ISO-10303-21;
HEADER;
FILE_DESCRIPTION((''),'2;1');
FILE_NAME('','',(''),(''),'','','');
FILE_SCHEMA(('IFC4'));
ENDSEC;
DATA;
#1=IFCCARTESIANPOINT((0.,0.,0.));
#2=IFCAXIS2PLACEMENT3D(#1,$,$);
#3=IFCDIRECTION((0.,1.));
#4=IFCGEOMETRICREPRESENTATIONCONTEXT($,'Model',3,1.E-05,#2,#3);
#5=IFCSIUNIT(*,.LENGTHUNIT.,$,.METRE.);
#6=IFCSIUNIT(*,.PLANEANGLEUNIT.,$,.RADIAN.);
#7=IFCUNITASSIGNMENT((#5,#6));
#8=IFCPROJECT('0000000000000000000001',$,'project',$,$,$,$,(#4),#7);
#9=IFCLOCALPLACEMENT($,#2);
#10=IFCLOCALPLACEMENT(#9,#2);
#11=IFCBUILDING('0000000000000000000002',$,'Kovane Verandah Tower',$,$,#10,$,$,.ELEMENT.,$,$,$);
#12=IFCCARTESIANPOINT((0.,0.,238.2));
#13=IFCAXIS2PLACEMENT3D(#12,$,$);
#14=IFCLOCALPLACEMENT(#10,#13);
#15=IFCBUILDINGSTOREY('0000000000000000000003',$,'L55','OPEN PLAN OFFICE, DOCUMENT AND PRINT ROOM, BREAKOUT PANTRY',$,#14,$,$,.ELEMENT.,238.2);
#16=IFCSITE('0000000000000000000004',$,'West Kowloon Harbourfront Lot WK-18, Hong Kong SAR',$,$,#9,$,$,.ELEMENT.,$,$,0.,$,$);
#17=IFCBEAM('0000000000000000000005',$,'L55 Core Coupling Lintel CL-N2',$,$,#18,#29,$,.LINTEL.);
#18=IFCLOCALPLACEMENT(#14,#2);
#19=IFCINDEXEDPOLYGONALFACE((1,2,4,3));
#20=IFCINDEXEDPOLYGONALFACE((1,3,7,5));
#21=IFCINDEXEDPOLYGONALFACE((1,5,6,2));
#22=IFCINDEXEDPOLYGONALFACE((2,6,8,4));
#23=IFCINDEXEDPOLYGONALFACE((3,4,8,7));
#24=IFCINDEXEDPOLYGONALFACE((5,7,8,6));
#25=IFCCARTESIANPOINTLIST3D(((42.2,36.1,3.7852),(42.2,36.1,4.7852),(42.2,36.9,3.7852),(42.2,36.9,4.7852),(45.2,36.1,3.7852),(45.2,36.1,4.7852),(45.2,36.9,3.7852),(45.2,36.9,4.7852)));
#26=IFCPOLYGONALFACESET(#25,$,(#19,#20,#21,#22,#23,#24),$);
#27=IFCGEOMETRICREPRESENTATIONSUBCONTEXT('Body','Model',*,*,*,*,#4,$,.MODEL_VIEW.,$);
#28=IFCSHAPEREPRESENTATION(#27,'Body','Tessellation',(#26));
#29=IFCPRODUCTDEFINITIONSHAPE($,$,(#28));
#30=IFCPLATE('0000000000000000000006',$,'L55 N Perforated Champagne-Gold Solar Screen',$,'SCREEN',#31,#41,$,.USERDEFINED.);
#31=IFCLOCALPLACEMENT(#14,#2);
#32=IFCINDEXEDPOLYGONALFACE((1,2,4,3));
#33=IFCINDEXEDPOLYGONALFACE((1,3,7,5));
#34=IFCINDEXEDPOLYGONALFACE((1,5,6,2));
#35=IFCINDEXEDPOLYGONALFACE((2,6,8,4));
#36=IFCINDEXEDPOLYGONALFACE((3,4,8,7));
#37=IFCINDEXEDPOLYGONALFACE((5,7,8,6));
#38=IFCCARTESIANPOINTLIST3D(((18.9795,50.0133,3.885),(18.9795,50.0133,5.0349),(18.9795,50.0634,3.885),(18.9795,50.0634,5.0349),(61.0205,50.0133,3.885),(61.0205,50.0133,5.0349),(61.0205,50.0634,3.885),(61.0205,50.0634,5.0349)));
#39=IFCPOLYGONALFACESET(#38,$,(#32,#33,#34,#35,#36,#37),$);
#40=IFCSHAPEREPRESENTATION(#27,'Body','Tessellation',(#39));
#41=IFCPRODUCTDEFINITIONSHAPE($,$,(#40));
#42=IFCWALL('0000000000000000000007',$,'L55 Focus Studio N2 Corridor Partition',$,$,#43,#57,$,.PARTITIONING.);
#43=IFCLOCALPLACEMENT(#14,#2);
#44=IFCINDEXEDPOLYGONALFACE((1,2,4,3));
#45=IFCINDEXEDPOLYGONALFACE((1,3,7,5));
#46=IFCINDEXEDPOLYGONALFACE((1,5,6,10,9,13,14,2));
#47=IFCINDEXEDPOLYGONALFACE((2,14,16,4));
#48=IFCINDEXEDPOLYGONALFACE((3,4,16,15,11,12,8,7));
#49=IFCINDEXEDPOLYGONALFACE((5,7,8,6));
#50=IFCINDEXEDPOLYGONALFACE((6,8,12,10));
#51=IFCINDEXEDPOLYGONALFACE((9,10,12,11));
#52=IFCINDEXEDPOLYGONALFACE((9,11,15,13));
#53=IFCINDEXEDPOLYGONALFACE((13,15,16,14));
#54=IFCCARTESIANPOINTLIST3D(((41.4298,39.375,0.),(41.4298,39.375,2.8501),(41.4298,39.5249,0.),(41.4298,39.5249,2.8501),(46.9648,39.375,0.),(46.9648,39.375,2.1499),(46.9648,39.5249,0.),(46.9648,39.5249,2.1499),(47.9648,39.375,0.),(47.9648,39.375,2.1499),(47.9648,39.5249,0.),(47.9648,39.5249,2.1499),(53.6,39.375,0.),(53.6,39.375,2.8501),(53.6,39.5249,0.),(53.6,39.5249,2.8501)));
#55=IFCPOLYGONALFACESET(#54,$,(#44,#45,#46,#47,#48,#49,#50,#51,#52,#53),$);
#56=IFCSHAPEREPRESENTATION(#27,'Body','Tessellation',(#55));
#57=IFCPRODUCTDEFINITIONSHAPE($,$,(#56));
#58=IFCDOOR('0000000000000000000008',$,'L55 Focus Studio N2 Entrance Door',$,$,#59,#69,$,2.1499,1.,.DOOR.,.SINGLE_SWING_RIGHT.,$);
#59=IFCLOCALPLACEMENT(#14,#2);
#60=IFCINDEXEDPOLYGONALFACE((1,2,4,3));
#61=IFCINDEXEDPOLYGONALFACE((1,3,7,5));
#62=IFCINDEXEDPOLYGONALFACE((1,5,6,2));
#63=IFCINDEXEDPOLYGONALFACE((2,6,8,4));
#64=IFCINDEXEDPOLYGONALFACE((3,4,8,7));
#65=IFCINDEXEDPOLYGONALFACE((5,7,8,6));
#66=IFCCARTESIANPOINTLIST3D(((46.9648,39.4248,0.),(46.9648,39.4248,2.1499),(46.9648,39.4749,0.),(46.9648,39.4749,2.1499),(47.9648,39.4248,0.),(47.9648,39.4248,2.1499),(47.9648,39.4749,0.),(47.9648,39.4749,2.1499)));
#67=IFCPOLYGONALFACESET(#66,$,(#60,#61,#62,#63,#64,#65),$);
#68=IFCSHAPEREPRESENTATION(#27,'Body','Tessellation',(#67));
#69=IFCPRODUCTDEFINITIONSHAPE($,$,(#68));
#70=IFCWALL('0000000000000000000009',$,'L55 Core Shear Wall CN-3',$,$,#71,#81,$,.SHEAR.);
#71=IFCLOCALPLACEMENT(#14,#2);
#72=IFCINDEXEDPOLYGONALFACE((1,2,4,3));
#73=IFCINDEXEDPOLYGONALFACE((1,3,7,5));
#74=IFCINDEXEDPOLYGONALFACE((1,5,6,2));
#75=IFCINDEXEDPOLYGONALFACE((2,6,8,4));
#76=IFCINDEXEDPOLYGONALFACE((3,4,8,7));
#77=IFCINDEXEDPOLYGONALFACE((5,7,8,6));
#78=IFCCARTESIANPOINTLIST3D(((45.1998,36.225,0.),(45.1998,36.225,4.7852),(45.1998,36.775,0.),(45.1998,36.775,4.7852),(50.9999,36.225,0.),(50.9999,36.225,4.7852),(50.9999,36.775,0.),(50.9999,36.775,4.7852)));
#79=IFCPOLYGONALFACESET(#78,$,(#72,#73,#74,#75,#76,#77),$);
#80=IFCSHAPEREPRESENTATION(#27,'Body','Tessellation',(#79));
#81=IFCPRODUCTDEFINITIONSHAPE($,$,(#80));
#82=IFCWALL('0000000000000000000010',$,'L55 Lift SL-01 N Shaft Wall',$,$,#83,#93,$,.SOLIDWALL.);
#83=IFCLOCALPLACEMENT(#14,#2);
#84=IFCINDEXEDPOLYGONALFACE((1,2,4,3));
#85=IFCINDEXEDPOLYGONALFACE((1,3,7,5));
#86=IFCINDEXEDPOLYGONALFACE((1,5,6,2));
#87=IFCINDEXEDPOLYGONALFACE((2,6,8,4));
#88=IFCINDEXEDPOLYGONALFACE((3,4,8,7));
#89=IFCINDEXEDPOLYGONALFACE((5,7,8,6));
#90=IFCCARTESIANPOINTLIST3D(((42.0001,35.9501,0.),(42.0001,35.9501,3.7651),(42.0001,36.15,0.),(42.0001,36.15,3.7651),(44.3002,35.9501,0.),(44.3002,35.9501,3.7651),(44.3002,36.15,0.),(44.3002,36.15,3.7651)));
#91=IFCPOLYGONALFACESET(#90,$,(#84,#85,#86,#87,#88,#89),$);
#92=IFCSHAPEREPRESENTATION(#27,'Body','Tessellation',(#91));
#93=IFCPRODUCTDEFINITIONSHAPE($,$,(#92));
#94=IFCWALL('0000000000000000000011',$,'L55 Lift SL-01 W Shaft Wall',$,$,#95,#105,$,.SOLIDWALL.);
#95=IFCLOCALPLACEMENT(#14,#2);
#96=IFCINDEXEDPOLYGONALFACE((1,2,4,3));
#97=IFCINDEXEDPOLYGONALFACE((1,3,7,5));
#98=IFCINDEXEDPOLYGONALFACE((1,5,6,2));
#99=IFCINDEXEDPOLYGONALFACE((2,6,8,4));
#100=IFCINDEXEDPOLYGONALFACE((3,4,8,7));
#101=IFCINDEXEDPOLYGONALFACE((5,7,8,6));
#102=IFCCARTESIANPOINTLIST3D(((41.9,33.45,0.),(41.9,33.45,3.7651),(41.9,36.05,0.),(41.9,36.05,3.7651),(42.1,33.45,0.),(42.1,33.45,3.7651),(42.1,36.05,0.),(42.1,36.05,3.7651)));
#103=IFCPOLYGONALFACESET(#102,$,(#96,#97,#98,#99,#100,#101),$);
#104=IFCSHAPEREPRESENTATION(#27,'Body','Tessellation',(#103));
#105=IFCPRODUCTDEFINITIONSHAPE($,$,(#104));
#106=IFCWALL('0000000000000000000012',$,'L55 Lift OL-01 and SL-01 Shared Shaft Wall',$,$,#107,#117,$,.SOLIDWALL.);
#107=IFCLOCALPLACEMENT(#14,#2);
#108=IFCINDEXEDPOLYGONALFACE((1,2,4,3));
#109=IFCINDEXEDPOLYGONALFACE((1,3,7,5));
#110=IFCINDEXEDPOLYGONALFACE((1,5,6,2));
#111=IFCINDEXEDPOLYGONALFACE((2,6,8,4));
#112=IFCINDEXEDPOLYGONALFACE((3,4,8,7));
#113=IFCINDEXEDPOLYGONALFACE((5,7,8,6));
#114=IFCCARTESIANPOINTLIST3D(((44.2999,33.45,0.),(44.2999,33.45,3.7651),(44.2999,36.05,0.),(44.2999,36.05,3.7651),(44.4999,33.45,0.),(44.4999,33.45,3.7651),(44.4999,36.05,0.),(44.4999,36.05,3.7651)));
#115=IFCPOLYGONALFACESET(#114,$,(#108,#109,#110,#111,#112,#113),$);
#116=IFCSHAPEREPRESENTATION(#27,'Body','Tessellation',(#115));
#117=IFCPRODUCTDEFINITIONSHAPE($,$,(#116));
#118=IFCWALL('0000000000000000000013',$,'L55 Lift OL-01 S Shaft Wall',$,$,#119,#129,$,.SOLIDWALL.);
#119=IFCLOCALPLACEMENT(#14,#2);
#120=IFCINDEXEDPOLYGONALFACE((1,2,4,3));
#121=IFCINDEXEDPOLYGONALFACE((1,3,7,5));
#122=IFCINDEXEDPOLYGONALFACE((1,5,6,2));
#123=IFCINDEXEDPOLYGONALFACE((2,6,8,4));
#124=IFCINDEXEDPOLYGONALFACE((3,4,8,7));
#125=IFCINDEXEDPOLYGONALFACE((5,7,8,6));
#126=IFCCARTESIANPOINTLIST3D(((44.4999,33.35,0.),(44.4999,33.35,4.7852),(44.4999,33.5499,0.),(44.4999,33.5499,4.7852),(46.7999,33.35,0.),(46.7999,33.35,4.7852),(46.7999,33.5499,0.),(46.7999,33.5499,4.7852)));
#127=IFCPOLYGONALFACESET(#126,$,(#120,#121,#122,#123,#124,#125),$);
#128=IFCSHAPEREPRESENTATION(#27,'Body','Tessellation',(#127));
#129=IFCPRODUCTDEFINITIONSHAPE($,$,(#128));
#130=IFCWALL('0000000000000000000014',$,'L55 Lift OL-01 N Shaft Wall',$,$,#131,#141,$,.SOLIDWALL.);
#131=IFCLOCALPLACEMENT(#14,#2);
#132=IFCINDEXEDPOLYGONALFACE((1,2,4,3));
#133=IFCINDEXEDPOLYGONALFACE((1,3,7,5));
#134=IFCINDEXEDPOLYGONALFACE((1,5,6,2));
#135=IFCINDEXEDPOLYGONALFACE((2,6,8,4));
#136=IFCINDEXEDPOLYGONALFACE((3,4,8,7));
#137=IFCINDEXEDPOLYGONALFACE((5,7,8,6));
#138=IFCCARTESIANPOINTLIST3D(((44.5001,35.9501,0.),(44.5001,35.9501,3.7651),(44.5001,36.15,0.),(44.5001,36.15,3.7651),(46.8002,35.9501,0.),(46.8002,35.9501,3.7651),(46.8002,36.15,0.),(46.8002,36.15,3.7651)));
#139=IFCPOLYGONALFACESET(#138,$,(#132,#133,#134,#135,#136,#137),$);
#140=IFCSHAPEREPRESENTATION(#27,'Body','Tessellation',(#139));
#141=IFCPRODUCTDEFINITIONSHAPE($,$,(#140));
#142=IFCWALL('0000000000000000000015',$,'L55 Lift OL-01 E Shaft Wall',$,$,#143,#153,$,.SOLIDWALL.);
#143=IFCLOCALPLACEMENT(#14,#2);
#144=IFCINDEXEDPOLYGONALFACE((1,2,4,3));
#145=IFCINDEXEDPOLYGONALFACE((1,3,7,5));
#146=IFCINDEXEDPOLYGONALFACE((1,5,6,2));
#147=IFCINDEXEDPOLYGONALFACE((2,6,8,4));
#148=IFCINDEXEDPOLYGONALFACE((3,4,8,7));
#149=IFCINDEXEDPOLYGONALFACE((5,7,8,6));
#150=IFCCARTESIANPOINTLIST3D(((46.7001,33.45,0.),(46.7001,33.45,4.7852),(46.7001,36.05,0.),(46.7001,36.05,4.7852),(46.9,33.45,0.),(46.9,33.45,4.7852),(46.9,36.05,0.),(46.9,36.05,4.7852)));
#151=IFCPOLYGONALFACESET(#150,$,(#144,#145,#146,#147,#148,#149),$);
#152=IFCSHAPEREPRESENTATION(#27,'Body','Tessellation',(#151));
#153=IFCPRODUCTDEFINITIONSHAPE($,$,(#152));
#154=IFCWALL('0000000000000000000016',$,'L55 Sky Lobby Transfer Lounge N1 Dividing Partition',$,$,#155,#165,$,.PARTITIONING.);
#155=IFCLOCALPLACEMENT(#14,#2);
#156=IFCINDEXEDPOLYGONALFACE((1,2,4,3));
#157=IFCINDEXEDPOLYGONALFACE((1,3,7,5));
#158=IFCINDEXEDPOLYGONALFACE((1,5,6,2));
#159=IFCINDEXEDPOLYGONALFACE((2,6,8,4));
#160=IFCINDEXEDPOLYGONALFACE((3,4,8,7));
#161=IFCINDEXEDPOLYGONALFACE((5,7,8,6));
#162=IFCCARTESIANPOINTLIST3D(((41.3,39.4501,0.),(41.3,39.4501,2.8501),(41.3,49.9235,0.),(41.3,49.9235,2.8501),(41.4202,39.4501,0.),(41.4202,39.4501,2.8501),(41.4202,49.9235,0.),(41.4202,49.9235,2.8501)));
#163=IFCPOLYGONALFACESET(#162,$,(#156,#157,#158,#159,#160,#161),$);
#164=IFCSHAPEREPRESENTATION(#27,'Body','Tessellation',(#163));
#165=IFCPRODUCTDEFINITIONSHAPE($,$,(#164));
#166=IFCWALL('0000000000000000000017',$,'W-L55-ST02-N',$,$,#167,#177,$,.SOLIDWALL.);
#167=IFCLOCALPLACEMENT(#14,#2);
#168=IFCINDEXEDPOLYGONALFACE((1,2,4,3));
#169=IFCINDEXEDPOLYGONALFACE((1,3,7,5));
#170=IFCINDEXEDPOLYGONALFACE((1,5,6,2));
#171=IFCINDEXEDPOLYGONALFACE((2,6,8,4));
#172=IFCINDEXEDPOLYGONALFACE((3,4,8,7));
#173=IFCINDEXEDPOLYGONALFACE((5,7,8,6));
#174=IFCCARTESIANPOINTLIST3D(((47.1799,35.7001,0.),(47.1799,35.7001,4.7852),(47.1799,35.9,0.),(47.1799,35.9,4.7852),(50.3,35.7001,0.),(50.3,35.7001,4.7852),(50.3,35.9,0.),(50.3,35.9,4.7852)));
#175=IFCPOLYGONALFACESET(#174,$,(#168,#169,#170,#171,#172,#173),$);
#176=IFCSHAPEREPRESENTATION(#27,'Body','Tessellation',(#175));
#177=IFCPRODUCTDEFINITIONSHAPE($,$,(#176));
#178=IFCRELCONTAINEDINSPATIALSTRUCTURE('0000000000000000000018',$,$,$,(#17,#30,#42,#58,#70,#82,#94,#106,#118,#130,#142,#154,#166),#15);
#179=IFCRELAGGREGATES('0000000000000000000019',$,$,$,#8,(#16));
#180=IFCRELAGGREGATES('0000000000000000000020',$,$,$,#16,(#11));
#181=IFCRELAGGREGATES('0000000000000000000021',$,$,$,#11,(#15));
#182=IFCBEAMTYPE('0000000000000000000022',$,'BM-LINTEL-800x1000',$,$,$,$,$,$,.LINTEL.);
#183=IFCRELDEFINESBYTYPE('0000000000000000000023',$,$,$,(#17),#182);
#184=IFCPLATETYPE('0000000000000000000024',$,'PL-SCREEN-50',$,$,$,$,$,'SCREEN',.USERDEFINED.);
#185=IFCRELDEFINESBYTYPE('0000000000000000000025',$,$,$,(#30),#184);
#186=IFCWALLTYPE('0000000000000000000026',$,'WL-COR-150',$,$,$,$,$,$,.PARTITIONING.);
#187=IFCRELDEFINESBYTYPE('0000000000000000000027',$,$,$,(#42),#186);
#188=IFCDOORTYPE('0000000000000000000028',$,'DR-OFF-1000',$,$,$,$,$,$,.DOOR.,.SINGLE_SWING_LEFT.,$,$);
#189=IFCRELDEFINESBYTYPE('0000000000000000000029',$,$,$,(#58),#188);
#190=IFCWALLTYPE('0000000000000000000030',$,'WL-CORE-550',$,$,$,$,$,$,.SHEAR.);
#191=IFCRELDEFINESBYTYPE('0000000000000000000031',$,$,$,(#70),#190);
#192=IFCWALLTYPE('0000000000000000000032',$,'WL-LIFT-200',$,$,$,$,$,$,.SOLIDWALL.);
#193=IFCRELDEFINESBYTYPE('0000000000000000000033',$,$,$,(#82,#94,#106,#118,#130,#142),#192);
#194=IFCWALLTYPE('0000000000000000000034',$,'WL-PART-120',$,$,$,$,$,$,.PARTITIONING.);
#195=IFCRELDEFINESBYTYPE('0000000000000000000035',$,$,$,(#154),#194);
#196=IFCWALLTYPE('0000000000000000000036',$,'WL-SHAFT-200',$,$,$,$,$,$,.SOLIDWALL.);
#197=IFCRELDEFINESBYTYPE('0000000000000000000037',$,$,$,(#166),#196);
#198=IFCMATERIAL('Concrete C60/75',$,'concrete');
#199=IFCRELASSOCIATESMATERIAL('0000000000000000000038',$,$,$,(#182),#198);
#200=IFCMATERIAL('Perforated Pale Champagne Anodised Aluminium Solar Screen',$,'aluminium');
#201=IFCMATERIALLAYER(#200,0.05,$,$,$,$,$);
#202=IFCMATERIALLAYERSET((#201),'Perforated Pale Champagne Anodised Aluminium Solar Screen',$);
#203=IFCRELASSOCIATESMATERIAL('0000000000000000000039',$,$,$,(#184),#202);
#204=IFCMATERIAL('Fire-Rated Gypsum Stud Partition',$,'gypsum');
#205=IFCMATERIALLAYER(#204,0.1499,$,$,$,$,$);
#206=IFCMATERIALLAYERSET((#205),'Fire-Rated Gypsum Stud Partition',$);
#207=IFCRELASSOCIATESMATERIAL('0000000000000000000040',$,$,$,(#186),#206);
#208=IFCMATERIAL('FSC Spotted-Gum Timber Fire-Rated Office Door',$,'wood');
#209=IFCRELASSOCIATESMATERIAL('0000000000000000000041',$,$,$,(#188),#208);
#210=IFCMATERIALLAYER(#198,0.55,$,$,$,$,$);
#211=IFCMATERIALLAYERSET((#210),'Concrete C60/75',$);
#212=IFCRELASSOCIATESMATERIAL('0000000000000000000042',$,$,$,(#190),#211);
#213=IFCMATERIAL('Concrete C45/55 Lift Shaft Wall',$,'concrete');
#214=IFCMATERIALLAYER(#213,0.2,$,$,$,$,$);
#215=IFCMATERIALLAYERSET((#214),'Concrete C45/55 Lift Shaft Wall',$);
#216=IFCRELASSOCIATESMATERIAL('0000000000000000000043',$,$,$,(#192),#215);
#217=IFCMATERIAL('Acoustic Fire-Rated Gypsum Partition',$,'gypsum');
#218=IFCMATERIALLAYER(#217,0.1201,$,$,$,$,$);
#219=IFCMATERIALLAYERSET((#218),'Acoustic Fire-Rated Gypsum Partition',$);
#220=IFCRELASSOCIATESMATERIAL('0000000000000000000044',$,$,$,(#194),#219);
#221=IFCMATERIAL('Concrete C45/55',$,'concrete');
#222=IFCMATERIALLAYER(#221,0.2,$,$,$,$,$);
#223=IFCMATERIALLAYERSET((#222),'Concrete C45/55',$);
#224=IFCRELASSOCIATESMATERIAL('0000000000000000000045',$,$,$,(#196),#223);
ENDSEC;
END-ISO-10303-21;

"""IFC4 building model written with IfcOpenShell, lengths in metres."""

from ifc_helpers import new_model, si_unit, direction, frame, frame_2d, origin, origin_2d, place, context, subcontext, project, spatial, rectangle, extrude, material, layer, layer_set, material_profile, profile_set, type_object, element, fill, save


model = new_model("IFC4")

# Units and contexts
model_context = context("Model", 3, precision=1e-05, world=origin(), true_north=direction((0.0, 1.0)))
body_context = subcontext(model_context, "Body", "Model", "MODEL_VIEW")
ifc_project = project(units=[si_unit("LENGTHUNIT", "METRE"), si_unit("PLANEANGLEUNIT", "RADIAN")], contexts=[model_context])

# Site, building, storey
site_placement = place(None, origin())
site = spatial("IfcSite", under=ifc_project, at=site_placement, Name="West Kowloon Harbourfront Lot WK-18, Hong Kong SAR", CompositionType="ELEMENT", RefElevation=0.0)
building_placement = place(site_placement, origin())
building = spatial("IfcBuilding", under=site, at=building_placement, Name="Kovane Verandah Tower", CompositionType="ELEMENT")
storey_placement = place(building_placement, frame((0.0, 0.0, 238.2)))
storey = spatial("IfcBuildingStorey", under=building, at=storey_placement, Name="L55", Description="OPEN PLAN OFFICE, DOCUMENT AND PRINT ROOM, BREAKOUT PANTRY", CompositionType="ELEMENT", Elevation=238.2)

# Beam
ifc_material_1 = material(Name="Concrete C60/75", Category="concrete")
ifc_material_profile = material_profile(ifc_material_1, rectangle(XDim=0.8, YDim=1.0, at=origin_2d()), Name="RCB800x1000")
ifc_profile_set = profile_set([ifc_material_profile], Name="Concrete C60/75")
beam_type = type_object("IfcBeamType", Name="BM-LINTEL-800x1000", PredefinedType="LINTEL", material=ifc_profile_set)
beam_placement = place(storey_placement, frame((42.2, 36.5, 4.2852), z_axis=(1.0, 0.0, 0.0), x_axis=(0.0, 1.0, 0.0)))
element("IfcBeam", 1, at=beam_placement, inside=storey, type_object=beam_type, Name="L55 Core Coupling Lintel CL-N2", PredefinedType="LINTEL", context=body_context, shape_type="SweptSolid", body=[
    extrude(rectangle(XDim=0.8, YDim=1.0, at=origin_2d()), origin(), (0.0, 0.0, 1.0), 3.0),
])

# Plate
ifc_material_2 = material(Name="Perforated Pale Champagne Anodised Aluminium Solar Screen", Category="aluminium")
ifc_layer_1 = layer(ifc_material_2, 0.05)
ifc_layer_set_1 = layer_set([ifc_layer_1], Name="Perforated Pale Champagne Anodised Aluminium Solar Screen")
plate_type = type_object("IfcPlateType", Name="PL-SCREEN-50", ElementType="SCREEN", PredefinedType="USERDEFINED", material=ifc_layer_set_1)
plate_placement = place(storey_placement, frame((40.0, 50.0383, 3.885), z_axis=(0.0, 0.0, 1.0), x_axis=(-1.0, 0.0, 0.0)))
element("IfcPlate", 2, at=plate_placement, inside=storey, type_object=plate_type, Name="L55 N Perforated Champagne-Gold Solar Screen", ObjectType="SCREEN", PredefinedType="USERDEFINED", context=body_context, shape_type="SweptSolid", body=[
    extrude(rectangle(XDim=42.041, YDim=0.05, at=origin_2d()), origin(), (0.0, 0.0, 1.0), 1.1499),
])

# Wall, opening, door
ifc_material_3 = material(Name="Fire-Rated Gypsum Stud Partition", Category="gypsum")
ifc_layer_2 = layer(ifc_material_3, 0.1499)
ifc_layer_set_2 = layer_set([ifc_layer_2], Name="Fire-Rated Gypsum Stud Partition")
wall_type_1 = type_object("IfcWallType", Name="WL-COR-150", PredefinedType="PARTITIONING", material=ifc_layer_set_2)
wall_1_placement = place(storey_placement, frame((41.4299, 39.45, 0.0), z_axis=(0.0, 0.0, 1.0), x_axis=(1.0, 0.0, 0.0)))
wall_1 = element("IfcWall", 3, at=wall_1_placement, inside=storey, type_object=wall_type_1, Name="L55 Focus Studio N2 Corridor Partition", PredefinedType="PARTITIONING", context=body_context, shape_type="SweptSolid", body=[
    extrude(rectangle(XDim=12.1702, YDim=0.1499, at=frame_2d((6.085, 0.0))), origin(), (0.0, 0.0, 1.0), 2.8501),
])
opening_1_placement = place(wall_1_placement, frame((5.5349, 0.0, 0.0)))
opening_1 = element("IfcOpeningElement", 4, at=opening_1_placement, cuts=wall_1, PredefinedType="OPENING", context=body_context, shape_type="SweptSolid", body=[
    extrude(rectangle(XDim=1.0, YDim=2.1499, at=frame_2d((0.5, 1.075))), frame((0.0, 0.075, 0.0), z_axis=(0.0, -1.0, 0.0), x_axis=(1.0, 0.0, 0.0)), (0.0, 0.0, 1.0), 0.1499),
])
ifc_material_4 = material(Name="FSC Spotted-Gum Timber Fire-Rated Office Door", Category="wood")
door_type_1 = type_object("IfcDoorType", Name="DR-OFF-1000", OperationType="SINGLE_SWING_LEFT", PredefinedType="DOOR", material=ifc_material_4)
door_1_placement = place(opening_1_placement, origin())
door_1 = element("IfcDoor", 5, at=door_1_placement, inside=storey, type_object=door_type_1, Name="L55 Focus Studio N2 Entrance Door", OperationType="SINGLE_SWING_RIGHT", OverallHeight=2.1499, OverallWidth=1.0, PredefinedType="DOOR", context=body_context, shape_type="SweptSolid", body=[
    extrude(rectangle(XDim=1.0, YDim=2.1499, at=frame_2d((0.5, 1.075))), frame((0.0, 0.0249, 0.0), z_axis=(0.0, -1.0, 0.0), x_axis=(1.0, 0.0, 0.0)), (0.0, 0.0, 1.0), 0.05),
])
fill(opening_1, door_1)

# Wall
ifc_layer_3 = layer(ifc_material_1, 0.55)
ifc_layer_set_3 = layer_set([ifc_layer_3], Name="Concrete C60/75")
wall_type_2 = type_object("IfcWallType", Name="WL-CORE-550", PredefinedType="SHEAR", material=ifc_layer_set_3)
wall_2_placement = place(storey_placement, frame((45.2, 36.5, 0.0), z_axis=(0.0, 0.0, 1.0), x_axis=(1.0, 0.0, 0.0)))
element("IfcWall", 6, at=wall_2_placement, inside=storey, type_object=wall_type_2, Name="L55 Core Shear Wall CN-3", PredefinedType="SHEAR", context=body_context, shape_type="SweptSolid", body=[
    extrude(rectangle(XDim=5.8, YDim=0.55, at=frame_2d((2.8999, 0.0))), origin(), (0.0, 0.0, 1.0), 4.7852),
])

# Shared definitions
ifc_material_5 = material(Name="Concrete C45/55 Lift Shaft Wall", Category="concrete")
ifc_layer_4 = layer(ifc_material_5, 0.2)
ifc_layer_set_4 = layer_set([ifc_layer_4], Name="Concrete C45/55 Lift Shaft Wall")
wall_type_3 = type_object("IfcWallType", Name="WL-LIFT-200", PredefinedType="SOLIDWALL", material=ifc_layer_set_4)

# Walls
wall_3_placement = place(storey_placement, frame((44.3, 36.05, 0.0), z_axis=(0.0, 0.0, 1.0), x_axis=(-1.0, 0.0, 0.0)))
element("IfcWall", 7, at=wall_3_placement, inside=storey, type_object=wall_type_3, Name="L55 Lift SL-01 N Shaft Wall", PredefinedType="SOLIDWALL", context=body_context, shape_type="SweptSolid", body=[
    extrude(rectangle(XDim=2.3, YDim=0.2, at=frame_2d((1.1499, 0.0))), origin(), (0.0, 0.0, 1.0), 3.7651),
])
for number, where, z_axis, x_axis, name in (
    (8, (42.0, 36.05, 0.0), (0.0, 0.0, 1.0), (0.0, -1.0, 0.0), "L55 Lift SL-01 W Shaft Wall"),
    (9, (44.3999, 33.45, 0.0), (0.0, 0.0, 1.0), (0.0, 1.0, 0.0), "L55 Lift OL-01 and SL-01 Shared Shaft Wall"),
):
    element("IfcWall", number, at=place(storey_placement, frame(where, z_axis=z_axis, x_axis=x_axis)), inside=storey, type_object=wall_type_3, Name=name, PredefinedType="SOLIDWALL", context=body_context, shape_type="SweptSolid", body=[
        extrude(rectangle(XDim=2.6001, YDim=0.2, at=frame_2d((1.3, 0.0))), origin(), (0.0, 0.0, 1.0), 3.7651),
    ])
wall_4_placement = place(storey_placement, frame((44.5, 33.45, 0.0), z_axis=(0.0, 0.0, 1.0), x_axis=(1.0, 0.0, 0.0)))
element("IfcWall", 10, at=wall_4_placement, inside=storey, type_object=wall_type_3, Name="L55 Lift OL-01 S Shaft Wall", PredefinedType="SOLIDWALL", context=body_context, shape_type="SweptSolid", body=[
    extrude(rectangle(XDim=2.3, YDim=0.2, at=frame_2d((1.1499, 0.0))), origin(), (0.0, 0.0, 1.0), 4.7852),
])
wall_5_placement = place(storey_placement, frame((46.8, 36.05, 0.0), z_axis=(0.0, 0.0, 1.0), x_axis=(-1.0, 0.0, 0.0)))
element("IfcWall", 11, at=wall_5_placement, inside=storey, type_object=wall_type_3, Name="L55 Lift OL-01 N Shaft Wall", PredefinedType="SOLIDWALL", context=body_context, shape_type="SweptSolid", body=[
    extrude(rectangle(XDim=2.3, YDim=0.2, at=frame_2d((1.1499, 0.0))), origin(), (0.0, 0.0, 1.0), 3.7651),
])
wall_6_placement = place(storey_placement, frame((46.8, 33.45, 0.0), z_axis=(0.0, 0.0, 1.0), x_axis=(0.0, 1.0, 0.0)))
element("IfcWall", 12, at=wall_6_placement, inside=storey, type_object=wall_type_3, Name="L55 Lift OL-01 E Shaft Wall", PredefinedType="SOLIDWALL", context=body_context, shape_type="SweptSolid", body=[
    extrude(rectangle(XDim=2.6001, YDim=0.2, at=frame_2d((1.3, 0.0))), origin(), (0.0, 0.0, 1.0), 4.7852),
])
ifc_material_6 = material(Name="Acoustic Fire-Rated Gypsum Partition", Category="gypsum")
ifc_layer_5 = layer(ifc_material_6, 0.1201)
ifc_layer_set_5 = layer_set([ifc_layer_5], Name="Acoustic Fire-Rated Gypsum Partition")
wall_type_4 = type_object("IfcWallType", Name="WL-PART-120", PredefinedType="PARTITIONING", material=ifc_layer_set_5)
wall_7_placement = place(storey_placement, frame((41.3601, 39.45, 0.0), z_axis=(0.0, 0.0, 1.0), x_axis=(0.0, 1.0, 0.0)))
element("IfcWall", 13, at=wall_7_placement, inside=storey, type_object=wall_type_4, Name="L55 Sky Lobby Transfer Lounge N1 Dividing Partition", PredefinedType="PARTITIONING", context=body_context, shape_type="SweptSolid", body=[
    extrude(rectangle(XDim=10.4734, YDim=0.1201, at=frame_2d((5.2368, 0.0))), origin(), (0.0, 0.0, 1.0), 2.8501),
])
ifc_material_7 = material(Name="Concrete C45/55", Category="concrete")
ifc_layer_6 = layer(ifc_material_7, 0.2)
ifc_layer_set_6 = layer_set([ifc_layer_6], Name="Concrete C45/55")
wall_type_5 = type_object("IfcWallType", Name="WL-SHAFT-200", PredefinedType="SOLIDWALL", material=ifc_layer_set_6)
wall_8_placement = place(storey_placement, frame((47.1799, 35.8, 0.0), z_axis=(0.0, 0.0, 1.0), x_axis=(1.0, 0.0, 0.0)))
element("IfcWall", 14, at=wall_8_placement, inside=storey, type_object=wall_type_5, Name="W-L55-ST02-N", PredefinedType="SOLIDWALL", context=body_context, shape_type="SweptSolid", body=[
    extrude(rectangle(XDim=3.1201, YDim=0.2, at=frame_2d((1.5601, 0.0))), origin(), (0.0, 0.0, 1.0), 4.7852),
])

save(model, "model.ifc")
